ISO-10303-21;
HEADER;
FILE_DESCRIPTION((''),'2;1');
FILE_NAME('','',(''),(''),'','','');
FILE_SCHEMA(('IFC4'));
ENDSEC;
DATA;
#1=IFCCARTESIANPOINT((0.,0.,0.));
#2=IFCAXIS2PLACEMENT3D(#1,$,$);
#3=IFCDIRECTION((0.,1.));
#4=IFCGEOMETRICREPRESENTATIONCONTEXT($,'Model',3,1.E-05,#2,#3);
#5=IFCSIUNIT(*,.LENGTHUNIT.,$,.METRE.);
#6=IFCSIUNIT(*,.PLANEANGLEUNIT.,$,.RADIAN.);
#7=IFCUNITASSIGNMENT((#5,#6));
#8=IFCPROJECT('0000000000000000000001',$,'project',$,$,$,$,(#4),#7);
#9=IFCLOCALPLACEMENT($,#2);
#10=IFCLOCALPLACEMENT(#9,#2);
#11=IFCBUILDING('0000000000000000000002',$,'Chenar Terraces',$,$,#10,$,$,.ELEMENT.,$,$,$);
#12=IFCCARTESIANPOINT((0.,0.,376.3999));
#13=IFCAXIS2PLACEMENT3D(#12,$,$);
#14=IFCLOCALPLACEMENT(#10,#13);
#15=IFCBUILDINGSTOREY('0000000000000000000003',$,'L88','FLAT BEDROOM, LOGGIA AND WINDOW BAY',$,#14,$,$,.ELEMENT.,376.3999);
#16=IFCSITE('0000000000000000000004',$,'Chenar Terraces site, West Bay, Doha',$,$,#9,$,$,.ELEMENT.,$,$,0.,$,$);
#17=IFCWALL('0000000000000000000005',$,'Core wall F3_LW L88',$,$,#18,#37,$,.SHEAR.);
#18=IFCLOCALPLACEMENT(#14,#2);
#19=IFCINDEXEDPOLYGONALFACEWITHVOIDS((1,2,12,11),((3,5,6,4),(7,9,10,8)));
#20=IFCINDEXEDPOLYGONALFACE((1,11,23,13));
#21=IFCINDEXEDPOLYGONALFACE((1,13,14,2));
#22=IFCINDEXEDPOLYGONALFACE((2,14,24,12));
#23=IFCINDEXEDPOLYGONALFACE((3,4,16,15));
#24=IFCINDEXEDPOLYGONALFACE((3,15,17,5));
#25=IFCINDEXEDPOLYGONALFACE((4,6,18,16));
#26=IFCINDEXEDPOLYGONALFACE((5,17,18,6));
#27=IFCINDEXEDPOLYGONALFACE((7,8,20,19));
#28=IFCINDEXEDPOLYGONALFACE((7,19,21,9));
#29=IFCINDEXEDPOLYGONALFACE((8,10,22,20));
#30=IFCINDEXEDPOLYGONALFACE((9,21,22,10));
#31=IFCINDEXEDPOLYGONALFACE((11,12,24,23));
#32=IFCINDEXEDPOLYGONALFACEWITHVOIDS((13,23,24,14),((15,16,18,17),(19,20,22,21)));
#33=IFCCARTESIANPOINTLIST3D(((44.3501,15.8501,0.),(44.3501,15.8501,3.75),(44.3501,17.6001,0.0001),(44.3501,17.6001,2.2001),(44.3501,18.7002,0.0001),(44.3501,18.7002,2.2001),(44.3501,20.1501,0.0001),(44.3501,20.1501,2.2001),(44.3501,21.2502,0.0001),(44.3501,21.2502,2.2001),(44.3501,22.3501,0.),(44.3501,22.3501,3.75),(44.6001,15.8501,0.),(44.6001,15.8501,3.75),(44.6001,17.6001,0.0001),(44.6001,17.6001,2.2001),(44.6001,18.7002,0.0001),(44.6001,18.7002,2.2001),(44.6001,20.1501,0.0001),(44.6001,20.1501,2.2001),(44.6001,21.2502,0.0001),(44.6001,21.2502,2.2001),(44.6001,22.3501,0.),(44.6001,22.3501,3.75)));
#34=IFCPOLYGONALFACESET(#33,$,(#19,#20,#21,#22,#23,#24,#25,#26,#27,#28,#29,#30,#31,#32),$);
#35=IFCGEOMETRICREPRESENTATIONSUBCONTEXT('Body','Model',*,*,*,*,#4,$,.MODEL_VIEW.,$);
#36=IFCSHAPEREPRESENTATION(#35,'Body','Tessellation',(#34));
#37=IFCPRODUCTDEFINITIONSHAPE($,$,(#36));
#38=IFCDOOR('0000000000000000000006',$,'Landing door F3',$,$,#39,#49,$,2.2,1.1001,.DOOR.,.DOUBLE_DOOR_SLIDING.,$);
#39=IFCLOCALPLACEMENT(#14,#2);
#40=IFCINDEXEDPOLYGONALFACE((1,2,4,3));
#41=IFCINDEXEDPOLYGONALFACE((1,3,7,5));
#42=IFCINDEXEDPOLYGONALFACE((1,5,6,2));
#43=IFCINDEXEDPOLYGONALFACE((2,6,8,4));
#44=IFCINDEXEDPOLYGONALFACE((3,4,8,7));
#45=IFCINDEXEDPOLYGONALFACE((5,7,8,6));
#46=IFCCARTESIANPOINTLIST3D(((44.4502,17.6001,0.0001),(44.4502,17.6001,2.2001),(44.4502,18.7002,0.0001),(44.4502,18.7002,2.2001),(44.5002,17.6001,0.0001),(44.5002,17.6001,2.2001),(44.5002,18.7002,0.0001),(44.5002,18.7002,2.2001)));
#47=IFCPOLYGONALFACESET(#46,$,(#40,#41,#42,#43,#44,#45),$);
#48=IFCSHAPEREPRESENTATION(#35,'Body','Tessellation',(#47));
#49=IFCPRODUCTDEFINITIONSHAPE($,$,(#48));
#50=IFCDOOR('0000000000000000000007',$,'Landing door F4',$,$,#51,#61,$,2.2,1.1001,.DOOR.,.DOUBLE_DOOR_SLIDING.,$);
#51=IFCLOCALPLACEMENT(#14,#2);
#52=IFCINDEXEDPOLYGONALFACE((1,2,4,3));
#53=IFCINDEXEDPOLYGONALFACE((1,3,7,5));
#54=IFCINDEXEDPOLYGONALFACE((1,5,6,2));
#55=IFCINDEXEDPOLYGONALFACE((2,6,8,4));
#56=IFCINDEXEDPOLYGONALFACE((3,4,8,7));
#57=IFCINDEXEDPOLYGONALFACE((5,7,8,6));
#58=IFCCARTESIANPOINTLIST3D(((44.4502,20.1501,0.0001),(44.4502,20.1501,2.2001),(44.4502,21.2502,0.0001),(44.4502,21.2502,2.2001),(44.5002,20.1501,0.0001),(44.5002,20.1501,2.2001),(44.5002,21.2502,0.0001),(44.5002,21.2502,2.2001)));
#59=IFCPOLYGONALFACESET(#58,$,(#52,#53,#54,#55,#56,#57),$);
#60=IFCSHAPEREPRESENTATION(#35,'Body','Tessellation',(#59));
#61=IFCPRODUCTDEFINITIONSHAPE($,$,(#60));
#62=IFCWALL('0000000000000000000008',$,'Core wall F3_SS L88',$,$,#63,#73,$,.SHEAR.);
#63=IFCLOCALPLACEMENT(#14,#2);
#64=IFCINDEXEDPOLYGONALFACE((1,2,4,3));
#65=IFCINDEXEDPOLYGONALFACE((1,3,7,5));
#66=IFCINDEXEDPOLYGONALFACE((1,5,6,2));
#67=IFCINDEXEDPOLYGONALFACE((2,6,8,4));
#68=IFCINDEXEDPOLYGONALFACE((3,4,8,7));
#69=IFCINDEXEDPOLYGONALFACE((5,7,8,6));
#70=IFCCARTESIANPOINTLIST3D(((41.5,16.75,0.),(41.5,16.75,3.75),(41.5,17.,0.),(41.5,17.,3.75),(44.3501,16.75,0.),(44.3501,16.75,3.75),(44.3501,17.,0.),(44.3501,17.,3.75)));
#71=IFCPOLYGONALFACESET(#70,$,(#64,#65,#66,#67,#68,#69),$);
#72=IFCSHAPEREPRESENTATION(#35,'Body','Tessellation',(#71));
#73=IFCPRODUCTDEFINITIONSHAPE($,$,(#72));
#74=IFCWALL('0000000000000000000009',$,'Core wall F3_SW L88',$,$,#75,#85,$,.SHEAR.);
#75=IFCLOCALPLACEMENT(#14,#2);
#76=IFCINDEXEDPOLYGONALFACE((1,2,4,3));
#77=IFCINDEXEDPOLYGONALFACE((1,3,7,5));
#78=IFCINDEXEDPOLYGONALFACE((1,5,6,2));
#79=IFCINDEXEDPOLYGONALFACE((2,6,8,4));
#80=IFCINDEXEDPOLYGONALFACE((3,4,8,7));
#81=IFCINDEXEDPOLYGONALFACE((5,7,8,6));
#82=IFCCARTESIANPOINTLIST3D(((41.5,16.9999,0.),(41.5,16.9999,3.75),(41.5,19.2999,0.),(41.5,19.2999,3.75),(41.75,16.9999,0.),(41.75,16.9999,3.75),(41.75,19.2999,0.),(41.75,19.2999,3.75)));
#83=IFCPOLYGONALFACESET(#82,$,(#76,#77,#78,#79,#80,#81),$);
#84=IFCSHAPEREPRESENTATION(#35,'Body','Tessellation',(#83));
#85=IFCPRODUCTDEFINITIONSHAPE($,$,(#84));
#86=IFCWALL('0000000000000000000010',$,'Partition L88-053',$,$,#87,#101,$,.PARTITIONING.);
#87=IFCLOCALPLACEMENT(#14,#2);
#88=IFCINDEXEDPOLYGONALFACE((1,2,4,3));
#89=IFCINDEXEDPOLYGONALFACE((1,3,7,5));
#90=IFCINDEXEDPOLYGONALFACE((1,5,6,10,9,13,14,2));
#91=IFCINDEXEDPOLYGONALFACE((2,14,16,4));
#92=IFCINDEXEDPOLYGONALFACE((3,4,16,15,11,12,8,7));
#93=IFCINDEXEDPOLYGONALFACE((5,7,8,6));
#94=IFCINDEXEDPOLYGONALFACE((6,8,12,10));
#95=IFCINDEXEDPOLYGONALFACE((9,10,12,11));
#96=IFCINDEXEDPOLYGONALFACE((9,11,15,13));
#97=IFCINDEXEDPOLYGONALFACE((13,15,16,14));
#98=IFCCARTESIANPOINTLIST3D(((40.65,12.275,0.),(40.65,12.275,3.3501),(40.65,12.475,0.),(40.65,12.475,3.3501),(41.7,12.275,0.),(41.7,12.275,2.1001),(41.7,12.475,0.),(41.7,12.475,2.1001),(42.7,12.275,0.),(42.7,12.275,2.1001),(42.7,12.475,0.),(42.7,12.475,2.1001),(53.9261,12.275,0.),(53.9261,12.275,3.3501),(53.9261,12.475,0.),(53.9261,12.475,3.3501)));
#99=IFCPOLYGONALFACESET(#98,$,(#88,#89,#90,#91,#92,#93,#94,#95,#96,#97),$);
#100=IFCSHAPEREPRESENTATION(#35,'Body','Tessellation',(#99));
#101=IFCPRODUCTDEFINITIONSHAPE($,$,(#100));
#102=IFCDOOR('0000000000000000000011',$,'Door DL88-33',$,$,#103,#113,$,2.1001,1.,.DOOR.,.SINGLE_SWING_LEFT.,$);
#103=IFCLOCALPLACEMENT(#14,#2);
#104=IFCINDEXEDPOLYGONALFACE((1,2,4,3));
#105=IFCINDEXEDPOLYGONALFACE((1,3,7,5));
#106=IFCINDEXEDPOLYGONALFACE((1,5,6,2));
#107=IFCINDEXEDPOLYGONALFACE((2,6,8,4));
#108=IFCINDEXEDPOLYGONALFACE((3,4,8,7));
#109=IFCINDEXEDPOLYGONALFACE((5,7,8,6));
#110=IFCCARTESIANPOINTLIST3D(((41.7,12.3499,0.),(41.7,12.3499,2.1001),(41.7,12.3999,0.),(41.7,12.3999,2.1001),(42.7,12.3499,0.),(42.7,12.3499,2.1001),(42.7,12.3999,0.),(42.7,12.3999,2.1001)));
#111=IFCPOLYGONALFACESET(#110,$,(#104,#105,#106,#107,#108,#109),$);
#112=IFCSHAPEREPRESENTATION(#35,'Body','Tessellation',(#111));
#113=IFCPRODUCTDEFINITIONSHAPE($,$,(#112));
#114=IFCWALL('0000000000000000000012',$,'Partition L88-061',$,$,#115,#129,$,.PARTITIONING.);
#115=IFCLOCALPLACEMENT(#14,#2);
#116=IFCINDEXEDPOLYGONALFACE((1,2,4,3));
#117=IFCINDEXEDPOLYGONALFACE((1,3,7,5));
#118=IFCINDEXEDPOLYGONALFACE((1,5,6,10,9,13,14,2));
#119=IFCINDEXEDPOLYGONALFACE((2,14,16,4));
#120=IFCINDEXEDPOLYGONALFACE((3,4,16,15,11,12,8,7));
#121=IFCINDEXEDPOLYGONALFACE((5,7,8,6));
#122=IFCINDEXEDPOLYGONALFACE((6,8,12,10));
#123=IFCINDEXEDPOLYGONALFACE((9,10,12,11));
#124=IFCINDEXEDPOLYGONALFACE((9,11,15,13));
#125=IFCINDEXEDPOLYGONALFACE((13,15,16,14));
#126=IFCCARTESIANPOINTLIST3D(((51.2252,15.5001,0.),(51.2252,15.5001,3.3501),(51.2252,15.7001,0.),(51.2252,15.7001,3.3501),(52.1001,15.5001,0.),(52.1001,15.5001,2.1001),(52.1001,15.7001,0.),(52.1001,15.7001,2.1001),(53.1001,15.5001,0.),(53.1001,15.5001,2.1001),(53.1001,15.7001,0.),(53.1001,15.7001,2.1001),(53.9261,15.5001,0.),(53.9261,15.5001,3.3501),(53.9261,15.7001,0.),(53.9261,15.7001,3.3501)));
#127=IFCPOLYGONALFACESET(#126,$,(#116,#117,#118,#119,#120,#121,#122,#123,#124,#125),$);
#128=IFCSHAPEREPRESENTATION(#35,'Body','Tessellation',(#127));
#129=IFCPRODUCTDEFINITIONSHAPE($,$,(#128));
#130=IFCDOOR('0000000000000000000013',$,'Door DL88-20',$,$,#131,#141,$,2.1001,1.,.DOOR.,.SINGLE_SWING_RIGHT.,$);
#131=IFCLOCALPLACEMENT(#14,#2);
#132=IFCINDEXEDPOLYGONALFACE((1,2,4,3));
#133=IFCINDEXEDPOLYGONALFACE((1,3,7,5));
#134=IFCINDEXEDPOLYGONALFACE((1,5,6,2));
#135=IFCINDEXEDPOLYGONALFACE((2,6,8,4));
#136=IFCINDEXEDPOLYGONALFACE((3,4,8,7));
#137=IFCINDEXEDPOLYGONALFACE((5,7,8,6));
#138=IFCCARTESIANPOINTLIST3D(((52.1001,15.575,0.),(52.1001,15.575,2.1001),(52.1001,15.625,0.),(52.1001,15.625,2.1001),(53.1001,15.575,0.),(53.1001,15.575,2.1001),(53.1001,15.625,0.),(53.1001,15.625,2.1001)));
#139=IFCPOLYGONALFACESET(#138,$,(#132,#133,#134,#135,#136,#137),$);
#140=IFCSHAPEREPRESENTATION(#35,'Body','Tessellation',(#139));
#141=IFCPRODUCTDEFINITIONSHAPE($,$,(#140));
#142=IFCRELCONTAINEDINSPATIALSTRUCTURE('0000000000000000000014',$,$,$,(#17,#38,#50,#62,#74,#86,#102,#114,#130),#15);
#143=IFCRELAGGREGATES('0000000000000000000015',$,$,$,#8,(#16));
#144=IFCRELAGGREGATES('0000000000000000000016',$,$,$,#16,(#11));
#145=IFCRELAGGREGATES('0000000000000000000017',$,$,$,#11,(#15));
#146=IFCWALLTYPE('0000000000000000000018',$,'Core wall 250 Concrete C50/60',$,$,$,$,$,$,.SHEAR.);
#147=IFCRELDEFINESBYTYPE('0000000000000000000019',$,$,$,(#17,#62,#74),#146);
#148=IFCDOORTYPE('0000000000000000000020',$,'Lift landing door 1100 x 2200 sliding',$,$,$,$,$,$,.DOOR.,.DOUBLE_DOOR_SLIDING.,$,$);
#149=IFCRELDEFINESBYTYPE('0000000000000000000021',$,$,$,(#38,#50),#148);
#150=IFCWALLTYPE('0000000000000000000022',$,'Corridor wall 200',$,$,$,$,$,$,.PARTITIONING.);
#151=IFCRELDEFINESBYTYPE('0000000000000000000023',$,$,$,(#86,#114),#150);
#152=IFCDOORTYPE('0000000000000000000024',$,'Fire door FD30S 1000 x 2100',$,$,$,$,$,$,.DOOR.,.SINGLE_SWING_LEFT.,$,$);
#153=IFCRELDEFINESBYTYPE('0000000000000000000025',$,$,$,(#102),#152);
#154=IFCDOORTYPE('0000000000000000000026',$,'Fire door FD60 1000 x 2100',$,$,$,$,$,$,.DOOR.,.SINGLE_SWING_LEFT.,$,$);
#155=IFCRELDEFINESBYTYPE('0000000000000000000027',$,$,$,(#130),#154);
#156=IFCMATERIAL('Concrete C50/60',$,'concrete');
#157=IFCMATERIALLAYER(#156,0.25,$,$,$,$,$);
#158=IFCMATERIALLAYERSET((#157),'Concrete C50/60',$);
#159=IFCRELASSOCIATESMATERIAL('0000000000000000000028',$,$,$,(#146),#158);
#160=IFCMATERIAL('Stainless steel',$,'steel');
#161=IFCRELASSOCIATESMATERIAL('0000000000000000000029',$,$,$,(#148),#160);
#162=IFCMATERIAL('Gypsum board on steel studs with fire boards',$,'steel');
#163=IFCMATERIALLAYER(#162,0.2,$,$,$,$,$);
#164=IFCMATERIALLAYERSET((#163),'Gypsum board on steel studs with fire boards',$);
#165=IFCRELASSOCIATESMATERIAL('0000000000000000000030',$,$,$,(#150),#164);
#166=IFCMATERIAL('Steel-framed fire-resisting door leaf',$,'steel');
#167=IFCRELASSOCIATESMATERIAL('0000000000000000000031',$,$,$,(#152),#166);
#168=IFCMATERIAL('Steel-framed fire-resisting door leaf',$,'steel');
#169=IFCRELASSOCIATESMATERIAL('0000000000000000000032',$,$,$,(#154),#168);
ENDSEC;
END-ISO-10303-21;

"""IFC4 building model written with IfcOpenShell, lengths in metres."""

from ifc_helpers import new_model, si_unit, direction, frame, frame_2d, origin, place, context, subcontext, project, spatial, rectangle, extrude, material, layer, layer_set, type_object, element, fill, save


model = new_model("IFC4")

# Units and contexts
model_context = context("Model", 3, precision=1e-05, world=origin(), true_north=direction((0.0, 1.0)))
body_context = subcontext(model_context, "Body", "Model", "MODEL_VIEW")
ifc_project = project(units=[si_unit("LENGTHUNIT", "METRE"), si_unit("PLANEANGLEUNIT", "RADIAN")], contexts=[model_context])

# Site, building, storey
site_placement = place(None, origin())
site = spatial("IfcSite", under=ifc_project, at=site_placement, Name="Chenar Terraces site, West Bay, Doha", CompositionType="ELEMENT", RefElevation=0.0)
building_placement = place(site_placement, origin())
building = spatial("IfcBuilding", under=site, at=building_placement, Name="Chenar Terraces", CompositionType="ELEMENT")
storey_placement = place(building_placement, frame((0.0, 0.0, 376.3999)))
storey = spatial("IfcBuildingStorey", under=building, at=storey_placement, Name="L88", Description="FLAT BEDROOM, LOGGIA AND WINDOW BAY", CompositionType="ELEMENT", Elevation=376.3999)

# Shared definitions
ifc_material_1 = material(Name="Concrete C50/60", Category="concrete")
ifc_layer_1 = layer(ifc_material_1, 0.25)
ifc_layer_set_1 = layer_set([ifc_layer_1], Name="Concrete C50/60")
wall_type_1 = type_object("IfcWallType", Name="Core wall 250 Concrete C50/60", PredefinedType="SHEAR", material=ifc_layer_set_1)

# Wall, openings, doors
wall_1_placement = place(storey_placement, frame((44.4751, 15.8501, 0.0), z_axis=(0.0, 0.0, 1.0), x_axis=(0.0, 1.0, 0.0)))
wall_1 = element("IfcWall", 1, at=wall_1_placement, inside=storey, type_object=wall_type_1, Name="Core wall F3_LW L88", PredefinedType="SHEAR", context=body_context, shape_type="SweptSolid", body=[
    extrude(rectangle(XDim=6.5, YDim=0.25, at=frame_2d((3.25, 0.0))), origin(), (0.0, 0.0, 1.0), 3.75),
])
opening_1_placement = place(wall_1_placement, frame((1.75, 0.0, 0.0)))
opening_1 = element("IfcOpeningElement", 2, at=opening_1_placement, cuts=wall_1, PredefinedType="OPENING", context=body_context, shape_type="SweptSolid", body=[
    extrude(rectangle(XDim=1.1001, YDim=2.2, at=frame_2d((0.55, 1.1001))), frame((0.0, 0.135, 0.0), z_axis=(0.0, -1.0, 0.0), x_axis=(1.0, 0.0, 0.0)), (0.0, 0.0, 1.0), 0.27),
])
opening_2_placement = place(wall_1_placement, frame((4.3, 0.0, 0.0)))
opening_2 = element("IfcOpeningElement", 3, at=opening_2_placement, cuts=wall_1, PredefinedType="OPENING", context=body_context, shape_type="SweptSolid", body=[
    extrude(rectangle(XDim=1.1001, YDim=2.2, at=frame_2d((0.55, 1.1001))), frame((0.0, 0.135, 0.0), z_axis=(0.0, -1.0, 0.0), x_axis=(1.0, 0.0, 0.0)), (0.0, 0.0, 1.0), 0.27),
])
ifc_material_2 = material(Name="Stainless steel", Category="steel")
door_type_1 = type_object("IfcDoorType", Name="Lift landing door 1100 x 2200 sliding", OperationType="DOUBLE_DOOR_SLIDING", PredefinedType="DOOR", material=ifc_material_2)
door_1_placement = place(opening_1_placement, origin())
door_1 = element("IfcDoor", 4, at=door_1_placement, inside=storey, type_object=door_type_1, Name="Landing door F3", OperationType="DOUBLE_DOOR_SLIDING", OverallHeight=2.2, OverallWidth=1.1001, PredefinedType="DOOR", context=body_context, shape_type="SweptSolid", body=[
    extrude(rectangle(XDim=1.1001, YDim=2.2, at=frame_2d((0.55, 1.1001))), frame((0.0, 0.0249, 0.0), z_axis=(0.0, -1.0, 0.0), x_axis=(1.0, 0.0, 0.0)), (0.0, 0.0, 1.0), 0.05),
])
fill(opening_1, door_1)
door_2_placement = place(opening_2_placement, origin())
door_2 = element("IfcDoor", 5, at=door_2_placement, inside=storey, type_object=door_type_1, Name="Landing door F4", OperationType="DOUBLE_DOOR_SLIDING", OverallHeight=2.2, OverallWidth=1.1001, PredefinedType="DOOR", context=body_context, shape_type="SweptSolid", body=[
    extrude(rectangle(XDim=1.1001, YDim=2.2, at=frame_2d((0.55, 1.1001))), frame((0.0, 0.0249, 0.0), z_axis=(0.0, -1.0, 0.0), x_axis=(1.0, 0.0, 0.0)), (0.0, 0.0, 1.0), 0.05),
])
fill(opening_2, door_2)

# Walls
wall_2_placement = place(storey_placement, frame((41.5, 16.875, 0.0), z_axis=(0.0, 0.0, 1.0), x_axis=(1.0, 0.0, 0.0)))
element("IfcWall", 6, at=wall_2_placement, inside=storey, type_object=wall_type_1, Name="Core wall F3_SS L88", PredefinedType="SHEAR", context=body_context, shape_type="SweptSolid", body=[
    extrude(rectangle(XDim=2.8501, YDim=0.25, at=frame_2d((1.425, 0.0))), origin(), (0.0, 0.0, 1.0), 3.75),
])
wall_3_placement = place(storey_placement, frame((41.625, 17.0, 0.0), z_axis=(0.0, 0.0, 1.0), x_axis=(0.0, 1.0, 0.0)))
element("IfcWall", 7, at=wall_3_placement, inside=storey, type_object=wall_type_1, Name="Core wall F3_SW L88", PredefinedType="SHEAR", context=body_context, shape_type="SweptSolid", body=[
    extrude(rectangle(XDim=2.3, YDim=0.25, at=frame_2d((1.1499, 0.0))), origin(), (0.0, 0.0, 1.0), 3.75),
])

# Walls, openings, doors
ifc_material_3 = material(Name="Gypsum board on steel studs with fire boards", Category="steel")
ifc_layer_2 = layer(ifc_material_3, 0.2)
ifc_layer_set_2 = layer_set([ifc_layer_2], Name="Gypsum board on steel studs with fire boards")
wall_type_2 = type_object("IfcWallType", Name="Corridor wall 200", PredefinedType="PARTITIONING", material=ifc_layer_set_2)
wall_4_placement = place(storey_placement, frame((40.6499, 12.375, 0.0), z_axis=(0.0, 0.0, 1.0), x_axis=(1.0, 0.0, 0.0)))
wall_4 = element("IfcWall", 8, at=wall_4_placement, inside=storey, type_object=wall_type_2, Name="Partition L88-053", PredefinedType="PARTITIONING", context=body_context, shape_type="SweptSolid", body=[
    extrude(rectangle(XDim=13.2761, YDim=0.2, at=frame_2d((6.6382, 0.0))), origin(), (0.0, 0.0, 1.0), 3.3501),
])
opening_3_placement = place(wall_4_placement, frame((1.05, 0.0, 0.0)))
opening_3 = element("IfcOpeningElement", 9, at=opening_3_placement, cuts=wall_4, PredefinedType="OPENING", context=body_context, shape_type="SweptSolid", body=[
    extrude(rectangle(XDim=1.0, YDim=2.1001, at=frame_2d((0.5, 1.05))), frame((0.0, 0.1099, 0.0), z_axis=(0.0, -1.0, 0.0), x_axis=(1.0, 0.0, 0.0)), (0.0, 0.0, 1.0), 0.22),
])
ifc_material_4 = material(Name="Steel-framed fire-resisting door leaf", Category="steel")
door_type_2 = type_object("IfcDoorType", Name="Fire door FD30S 1000 x 2100", OperationType="SINGLE_SWING_LEFT", PredefinedType="DOOR", material=ifc_material_4)
door_3_placement = place(opening_3_placement, origin())
door_3 = element("IfcDoor", 10, at=door_3_placement, inside=storey, type_object=door_type_2, Name="Door DL88-33", OperationType="SINGLE_SWING_LEFT", OverallHeight=2.1001, OverallWidth=1.0, PredefinedType="DOOR", context=body_context, shape_type="SweptSolid", body=[
    extrude(rectangle(XDim=1.0, YDim=2.1001, at=frame_2d((0.5, 1.05))), frame((0.0, 0.0249, 0.0), z_axis=(0.0, -1.0, 0.0), x_axis=(1.0, 0.0, 0.0)), (0.0, 0.0, 1.0), 0.05),
])
fill(opening_3, door_3)
wall_5_placement = place(storey_placement, frame((51.2251, 15.6001, 0.0), z_axis=(0.0, 0.0, 1.0), x_axis=(1.0, 0.0, 0.0)))
wall_5 = element("IfcWall", 11, at=wall_5_placement, inside=storey, type_object=wall_type_2, Name="Partition L88-061", PredefinedType="PARTITIONING", context=body_context, shape_type="SweptSolid", body=[
    extrude(rectangle(XDim=2.7009, YDim=0.2, at=frame_2d((1.3506, 0.0))), origin(), (0.0, 0.0, 1.0), 3.3501),
])
opening_4_placement = place(wall_5_placement, frame((0.875, 0.0, 0.0)))
opening_4 = element("IfcOpeningElement", 12, at=opening_4_placement, cuts=wall_5, PredefinedType="OPENING", context=body_context, shape_type="SweptSolid", body=[
    extrude(rectangle(XDim=1.0, YDim=2.1001, at=frame_2d((0.5, 1.05))), frame((0.0, 0.1099, 0.0), z_axis=(0.0, -1.0, 0.0), x_axis=(1.0, 0.0, 0.0)), (0.0, 0.0, 1.0), 0.22),
])
ifc_material_5 = material(Name="Steel-framed fire-resisting door leaf", Category="steel")
door_type_3 = type_object("IfcDoorType", Name="Fire door FD60 1000 x 2100", OperationType="SINGLE_SWING_LEFT", PredefinedType="DOOR", material=ifc_material_5)
door_4_placement = place(opening_4_placement, origin())
door_4 = element("IfcDoor", 13, at=door_4_placement, inside=storey, type_object=door_type_3, Name="Door DL88-20", OperationType="SINGLE_SWING_RIGHT", OverallHeight=2.1001, OverallWidth=1.0, PredefinedType="DOOR", context=body_context, shape_type="SweptSolid", body=[
    extrude(rectangle(XDim=1.0, YDim=2.1001, at=frame_2d((0.5, 1.05))), frame((0.0, 0.0249, 0.0), z_axis=(0.0, -1.0, 0.0), x_axis=(1.0, 0.0, 0.0)), (0.0, 0.0, 1.0), 0.05),
])
fill(opening_4, door_4)

save(model, "model.ifc")
